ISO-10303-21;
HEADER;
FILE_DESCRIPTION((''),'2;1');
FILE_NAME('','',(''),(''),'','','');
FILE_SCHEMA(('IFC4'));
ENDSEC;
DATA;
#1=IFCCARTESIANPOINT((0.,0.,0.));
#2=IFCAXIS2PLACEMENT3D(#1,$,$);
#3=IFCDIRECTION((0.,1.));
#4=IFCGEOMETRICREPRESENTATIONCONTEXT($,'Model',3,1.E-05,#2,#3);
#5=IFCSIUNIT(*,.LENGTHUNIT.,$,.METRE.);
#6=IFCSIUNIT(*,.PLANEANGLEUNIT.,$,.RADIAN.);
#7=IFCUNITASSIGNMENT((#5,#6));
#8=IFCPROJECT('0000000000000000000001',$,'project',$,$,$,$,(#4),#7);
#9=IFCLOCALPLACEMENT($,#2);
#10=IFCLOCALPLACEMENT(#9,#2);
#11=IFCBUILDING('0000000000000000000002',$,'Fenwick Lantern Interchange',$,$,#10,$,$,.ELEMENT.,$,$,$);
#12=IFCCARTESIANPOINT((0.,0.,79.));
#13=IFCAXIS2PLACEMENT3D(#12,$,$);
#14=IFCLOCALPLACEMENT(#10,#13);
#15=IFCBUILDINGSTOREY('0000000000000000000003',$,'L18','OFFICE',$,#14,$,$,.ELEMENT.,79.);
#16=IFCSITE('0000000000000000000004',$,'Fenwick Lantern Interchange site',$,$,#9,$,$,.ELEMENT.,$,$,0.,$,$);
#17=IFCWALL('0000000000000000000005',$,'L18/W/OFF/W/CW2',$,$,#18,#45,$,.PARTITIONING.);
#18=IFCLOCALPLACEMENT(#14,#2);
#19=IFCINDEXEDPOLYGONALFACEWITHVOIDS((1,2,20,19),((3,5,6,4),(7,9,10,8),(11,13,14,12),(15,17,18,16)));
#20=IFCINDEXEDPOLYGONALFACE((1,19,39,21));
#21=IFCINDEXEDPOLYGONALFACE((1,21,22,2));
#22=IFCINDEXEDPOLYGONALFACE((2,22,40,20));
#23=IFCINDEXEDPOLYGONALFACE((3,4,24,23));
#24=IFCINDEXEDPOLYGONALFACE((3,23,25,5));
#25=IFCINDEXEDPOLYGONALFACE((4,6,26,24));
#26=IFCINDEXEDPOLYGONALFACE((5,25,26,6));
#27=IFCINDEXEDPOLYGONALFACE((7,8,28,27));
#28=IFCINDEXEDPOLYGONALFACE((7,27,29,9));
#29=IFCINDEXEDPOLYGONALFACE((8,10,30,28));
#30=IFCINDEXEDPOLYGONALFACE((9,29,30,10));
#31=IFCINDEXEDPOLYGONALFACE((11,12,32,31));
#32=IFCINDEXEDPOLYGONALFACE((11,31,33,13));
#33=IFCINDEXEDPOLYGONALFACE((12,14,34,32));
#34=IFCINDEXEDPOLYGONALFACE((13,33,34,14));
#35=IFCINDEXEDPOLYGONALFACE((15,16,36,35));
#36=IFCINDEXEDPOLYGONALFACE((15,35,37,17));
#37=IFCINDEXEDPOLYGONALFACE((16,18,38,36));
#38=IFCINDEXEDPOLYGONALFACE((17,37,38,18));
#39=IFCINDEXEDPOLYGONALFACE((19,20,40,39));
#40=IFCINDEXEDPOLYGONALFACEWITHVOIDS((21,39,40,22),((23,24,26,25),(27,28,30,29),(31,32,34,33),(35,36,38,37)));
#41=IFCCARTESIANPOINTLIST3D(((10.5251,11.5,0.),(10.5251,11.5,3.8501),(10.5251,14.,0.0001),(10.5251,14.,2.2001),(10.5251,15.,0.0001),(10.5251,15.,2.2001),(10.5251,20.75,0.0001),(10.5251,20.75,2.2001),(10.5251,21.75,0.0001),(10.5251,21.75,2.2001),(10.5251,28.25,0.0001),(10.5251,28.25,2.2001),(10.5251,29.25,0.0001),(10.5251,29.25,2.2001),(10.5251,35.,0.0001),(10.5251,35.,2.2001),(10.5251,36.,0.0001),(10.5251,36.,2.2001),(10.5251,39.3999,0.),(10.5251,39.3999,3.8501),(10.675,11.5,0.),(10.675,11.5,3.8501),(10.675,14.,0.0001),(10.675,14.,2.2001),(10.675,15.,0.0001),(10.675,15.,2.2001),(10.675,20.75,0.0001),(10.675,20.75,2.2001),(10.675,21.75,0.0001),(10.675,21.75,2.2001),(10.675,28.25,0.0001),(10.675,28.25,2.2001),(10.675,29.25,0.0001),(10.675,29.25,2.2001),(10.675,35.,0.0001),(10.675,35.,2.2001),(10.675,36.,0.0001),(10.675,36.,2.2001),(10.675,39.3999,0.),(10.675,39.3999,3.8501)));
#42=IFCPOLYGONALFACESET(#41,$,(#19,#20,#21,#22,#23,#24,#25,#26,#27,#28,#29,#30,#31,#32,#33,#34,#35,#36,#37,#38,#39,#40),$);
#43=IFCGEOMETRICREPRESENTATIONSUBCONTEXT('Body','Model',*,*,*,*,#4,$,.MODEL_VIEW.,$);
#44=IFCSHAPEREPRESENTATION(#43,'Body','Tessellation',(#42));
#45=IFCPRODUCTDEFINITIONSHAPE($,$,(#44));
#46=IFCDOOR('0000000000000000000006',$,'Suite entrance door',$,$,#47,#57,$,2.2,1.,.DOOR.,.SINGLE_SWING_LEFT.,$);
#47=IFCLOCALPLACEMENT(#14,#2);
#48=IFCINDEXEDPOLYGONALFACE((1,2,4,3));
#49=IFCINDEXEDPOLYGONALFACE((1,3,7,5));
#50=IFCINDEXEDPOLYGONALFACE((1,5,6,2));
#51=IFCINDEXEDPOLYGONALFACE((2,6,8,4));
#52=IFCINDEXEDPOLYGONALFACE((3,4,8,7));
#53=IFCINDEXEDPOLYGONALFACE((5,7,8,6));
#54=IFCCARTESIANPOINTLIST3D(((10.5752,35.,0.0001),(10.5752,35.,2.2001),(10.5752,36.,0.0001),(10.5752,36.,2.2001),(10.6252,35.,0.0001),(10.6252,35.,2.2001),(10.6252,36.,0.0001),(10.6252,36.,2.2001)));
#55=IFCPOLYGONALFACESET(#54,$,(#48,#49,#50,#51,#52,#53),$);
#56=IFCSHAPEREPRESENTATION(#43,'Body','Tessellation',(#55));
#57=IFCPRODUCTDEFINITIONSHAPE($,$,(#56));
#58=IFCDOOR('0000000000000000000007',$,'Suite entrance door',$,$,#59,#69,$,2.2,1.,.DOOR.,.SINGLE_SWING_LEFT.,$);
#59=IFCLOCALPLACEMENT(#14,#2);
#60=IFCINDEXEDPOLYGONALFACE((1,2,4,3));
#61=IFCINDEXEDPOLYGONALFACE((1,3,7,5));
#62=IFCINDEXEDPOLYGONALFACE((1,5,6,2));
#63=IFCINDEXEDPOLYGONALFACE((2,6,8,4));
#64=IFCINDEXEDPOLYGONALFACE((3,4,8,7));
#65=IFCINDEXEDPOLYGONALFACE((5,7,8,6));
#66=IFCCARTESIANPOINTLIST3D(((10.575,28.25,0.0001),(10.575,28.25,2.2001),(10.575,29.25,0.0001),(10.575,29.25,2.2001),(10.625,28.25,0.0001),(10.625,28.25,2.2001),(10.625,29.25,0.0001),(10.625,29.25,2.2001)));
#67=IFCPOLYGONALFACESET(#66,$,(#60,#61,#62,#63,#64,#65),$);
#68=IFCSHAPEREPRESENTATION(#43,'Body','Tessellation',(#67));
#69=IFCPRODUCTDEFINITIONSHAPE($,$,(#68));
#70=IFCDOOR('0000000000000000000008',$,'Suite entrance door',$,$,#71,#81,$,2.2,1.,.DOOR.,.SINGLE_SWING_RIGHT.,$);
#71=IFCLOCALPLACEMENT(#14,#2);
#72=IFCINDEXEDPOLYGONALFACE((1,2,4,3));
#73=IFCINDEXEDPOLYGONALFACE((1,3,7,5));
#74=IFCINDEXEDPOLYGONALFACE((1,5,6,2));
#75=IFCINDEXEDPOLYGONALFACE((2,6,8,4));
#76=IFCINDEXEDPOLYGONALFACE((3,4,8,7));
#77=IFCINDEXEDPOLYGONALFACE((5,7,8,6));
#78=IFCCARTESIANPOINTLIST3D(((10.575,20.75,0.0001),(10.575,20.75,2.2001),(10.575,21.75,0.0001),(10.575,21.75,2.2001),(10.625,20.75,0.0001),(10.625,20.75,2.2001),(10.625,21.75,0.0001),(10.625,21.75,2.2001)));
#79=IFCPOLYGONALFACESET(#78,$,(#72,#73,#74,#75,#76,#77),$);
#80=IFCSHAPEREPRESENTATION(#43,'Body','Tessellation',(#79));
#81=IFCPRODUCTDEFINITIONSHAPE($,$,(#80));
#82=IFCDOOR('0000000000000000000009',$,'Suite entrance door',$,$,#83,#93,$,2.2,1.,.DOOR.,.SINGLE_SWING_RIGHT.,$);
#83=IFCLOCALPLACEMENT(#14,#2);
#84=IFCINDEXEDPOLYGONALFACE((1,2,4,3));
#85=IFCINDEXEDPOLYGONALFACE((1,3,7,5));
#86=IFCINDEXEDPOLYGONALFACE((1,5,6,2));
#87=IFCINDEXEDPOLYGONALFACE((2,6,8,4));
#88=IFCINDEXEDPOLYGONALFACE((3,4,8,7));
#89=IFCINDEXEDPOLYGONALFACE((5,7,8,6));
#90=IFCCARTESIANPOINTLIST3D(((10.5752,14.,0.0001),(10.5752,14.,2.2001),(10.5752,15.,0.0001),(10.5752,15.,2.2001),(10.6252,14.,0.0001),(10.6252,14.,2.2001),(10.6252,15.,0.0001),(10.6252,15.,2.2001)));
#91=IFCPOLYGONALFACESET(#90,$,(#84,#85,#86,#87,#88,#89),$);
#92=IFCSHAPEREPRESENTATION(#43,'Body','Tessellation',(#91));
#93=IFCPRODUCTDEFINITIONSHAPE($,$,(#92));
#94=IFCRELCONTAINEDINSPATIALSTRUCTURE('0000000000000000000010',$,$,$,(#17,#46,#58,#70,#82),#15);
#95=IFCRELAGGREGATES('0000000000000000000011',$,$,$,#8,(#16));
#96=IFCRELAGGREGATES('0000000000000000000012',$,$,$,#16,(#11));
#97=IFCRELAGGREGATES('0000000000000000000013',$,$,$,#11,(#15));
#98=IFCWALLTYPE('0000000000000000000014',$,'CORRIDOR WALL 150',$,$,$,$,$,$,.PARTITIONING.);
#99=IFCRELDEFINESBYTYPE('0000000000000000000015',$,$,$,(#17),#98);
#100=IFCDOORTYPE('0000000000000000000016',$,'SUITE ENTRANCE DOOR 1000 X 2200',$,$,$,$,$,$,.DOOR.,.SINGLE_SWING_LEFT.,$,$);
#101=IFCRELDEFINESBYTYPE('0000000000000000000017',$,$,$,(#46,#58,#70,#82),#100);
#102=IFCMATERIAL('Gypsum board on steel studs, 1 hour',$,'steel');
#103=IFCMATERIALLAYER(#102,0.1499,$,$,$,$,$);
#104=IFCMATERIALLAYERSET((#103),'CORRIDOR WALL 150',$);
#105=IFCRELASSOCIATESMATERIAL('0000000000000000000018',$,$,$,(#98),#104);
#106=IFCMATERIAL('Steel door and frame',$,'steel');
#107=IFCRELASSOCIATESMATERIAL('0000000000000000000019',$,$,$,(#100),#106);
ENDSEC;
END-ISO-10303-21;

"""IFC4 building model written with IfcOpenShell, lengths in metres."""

from ifc_helpers import new_model, si_unit, direction, frame, frame_2d, origin, place, context, subcontext, project, spatial, rectangle, extrude, material, layer, layer_set, type_object, element, fill, save


model = new_model("IFC4")

# Units and contexts
model_context = context("Model", 3, precision=1e-05, world=origin(), true_north=direction((0.0, 1.0)))
body_context = subcontext(model_context, "Body", "Model", "MODEL_VIEW")
ifc_project = project(units=[si_unit("LENGTHUNIT", "METRE"), si_unit("PLANEANGLEUNIT", "RADIAN")], contexts=[model_context])

# Site, building, storey
site_placement = place(None, origin())
site = spatial("IfcSite", under=ifc_project, at=site_placement, Name="Fenwick Lantern Interchange site", CompositionType="ELEMENT", RefElevation=0.0)
building_placement = place(site_placement, origin())
building = spatial("IfcBuilding", under=site, at=building_placement, Name="Fenwick Lantern Interchange", CompositionType="ELEMENT")
storey_placement = place(building_placement, frame((0.0, 0.0, 79.0)))
storey = spatial("IfcBuildingStorey", under=building, at=storey_placement, Name="L18", Description="OFFICE", CompositionType="ELEMENT", Elevation=79.0)

# Wall, openings, doors
ifc_material_1 = material(Name="Gypsum board on steel studs, 1 hour", Category="steel")
ifc_layer = layer(ifc_material_1, 0.1499)
ifc_layer_set = layer_set([ifc_layer], Name="CORRIDOR WALL 150")
wall_type = type_object("IfcWallType", Name="CORRIDOR WALL 150", PredefinedType="PARTITIONING", material=ifc_layer_set)
wall_placement = place(storey_placement, frame((10.6001, 39.3999, 0.0), z_axis=(0.0, 0.0, 1.0), x_axis=(0.0, -1.0, 0.0)))
wall = element("IfcWall", 1, at=wall_placement, inside=storey, type_object=wall_type, Name="L18/W/OFF/W/CW2", PredefinedType="PARTITIONING", context=body_context, shape_type="SweptSolid", body=[
    extrude(rectangle(XDim=27.8999, YDim=0.1499, at=frame_2d((13.95, 0.0))), origin(), (0.0, 0.0, 1.0), 3.8501),
])
opening_1_placement = place(wall_placement, frame((3.3999, 0.0, 0.0)))
opening_1 = element("IfcOpeningElement", 2, at=opening_1_placement, cuts=wall, PredefinedType="OPENING", context=body_context, shape_type="SweptSolid", body=[
    extrude(rectangle(XDim=1.0, YDim=2.2, at=frame_2d((0.5, 1.1001))), frame((0.0, 0.085, 0.0), z_axis=(0.0, -1.0, 0.0), x_axis=(1.0, 0.0, 0.0)), (0.0, 0.0, 1.0), 0.1699),
])
opening_2_placement = place(wall_placement, frame((10.1499, 0.0, 0.0)))
opening_2 = element("IfcOpeningElement", 3, at=opening_2_placement, cuts=wall, PredefinedType="OPENING", context=body_context, shape_type="SweptSolid", body=[
    extrude(rectangle(XDim=1.0, YDim=2.2, at=frame_2d((0.5, 1.1001))), frame((0.0, 0.085, 0.0), z_axis=(0.0, -1.0, 0.0), x_axis=(1.0, 0.0, 0.0)), (0.0, 0.0, 1.0), 0.1699),
])
opening_3_placement = place(wall_placement, frame((17.6499, 0.0, 0.0)))
opening_3 = element("IfcOpeningElement", 4, at=opening_3_placement, cuts=wall, PredefinedType="OPENING", context=body_context, shape_type="SweptSolid", body=[
    extrude(rectangle(XDim=1.0, YDim=2.2, at=frame_2d((0.5, 1.1001))), frame((0.0, 0.085, 0.0), z_axis=(0.0, -1.0, 0.0), x_axis=(1.0, 0.0, 0.0)), (0.0, 0.0, 1.0), 0.1699),
])
opening_4_placement = place(wall_placement, frame((24.3999, 0.0, 0.0)))
opening_4 = element("IfcOpeningElement", 5, at=opening_4_placement, cuts=wall, PredefinedType="OPENING", context=body_context, shape_type="SweptSolid", body=[
    extrude(rectangle(XDim=1.0, YDim=2.2, at=frame_2d((0.5, 1.1001))), frame((0.0, 0.085, 0.0), z_axis=(0.0, -1.0, 0.0), x_axis=(1.0, 0.0, 0.0)), (0.0, 0.0, 1.0), 0.1699),
])
ifc_material_2 = material(Name="Steel door and frame", Category="steel")
door_type = type_object("IfcDoorType", Name="SUITE ENTRANCE DOOR 1000 X 2200", OperationType="SINGLE_SWING_LEFT", PredefinedType="DOOR", material=ifc_material_2)
door_1_placement = place(opening_1_placement, frame((1.0, 0.0, 0.0), z_axis=(0.0, 0.0, 1.0), x_axis=(-1.0, 0.0, 0.0)))
door_1 = element("IfcDoor", 6, at=door_1_placement, inside=storey, type_object=door_type, Name="Suite entrance door", OperationType="SINGLE_SWING_LEFT", OverallHeight=2.2, OverallWidth=1.0, PredefinedType="DOOR", context=body_context, shape_type="SweptSolid", body=[
    extrude(rectangle(XDim=1.0, YDim=2.2, at=frame_2d((0.5, 1.1001))), frame((0.0, 0.0249, 0.0), z_axis=(0.0, -1.0, 0.0), x_axis=(1.0, 0.0, 0.0)), (0.0, 0.0, 1.0), 0.05),
])
fill(opening_1, door_1)
door_2_placement = place(opening_2_placement, origin())
door_2 = element("IfcDoor", 7, at=door_2_placement, inside=storey, type_object=door_type, Name="Suite entrance door", OperationType="SINGLE_SWING_LEFT", OverallHeight=2.2, OverallWidth=1.0, PredefinedType="DOOR", context=body_context, shape_type="SweptSolid", body=[
    extrude(rectangle(XDim=1.0, YDim=2.2, at=frame_2d((0.5, 1.1001))), frame((0.0, 0.0249, 0.0), z_axis=(0.0, -1.0, 0.0), x_axis=(1.0, 0.0, 0.0)), (0.0, 0.0, 1.0), 0.05),
])
fill(opening_2, door_2)
door_3_placement = place(opening_3_placement, origin())
door_3 = element("IfcDoor", 8, at=door_3_placement, inside=storey, type_object=door_type, Name="Suite entrance door", OperationType="SINGLE_SWING_RIGHT", OverallHeight=2.2, OverallWidth=1.0, PredefinedType="DOOR", context=body_context, shape_type="SweptSolid", body=[
    extrude(rectangle(XDim=1.0, YDim=2.2, at=frame_2d((0.5, 1.1001))), frame((0.0, 0.0249, 0.0), z_axis=(0.0, -1.0, 0.0), x_axis=(1.0, 0.0, 0.0)), (0.0, 0.0, 1.0), 0.05),
])
fill(opening_3, door_3)
door_4_placement = place(opening_4_placement, frame((1.0, 0.0, 0.0), z_axis=(0.0, 0.0, 1.0), x_axis=(-1.0, 0.0, 0.0)))
door_4 = element("IfcDoor", 9, at=door_4_placement, inside=storey, type_object=door_type, Name="Suite entrance door", OperationType="SINGLE_SWING_RIGHT", OverallHeight=2.2, OverallWidth=1.0, PredefinedType="DOOR", context=body_context, shape_type="SweptSolid", body=[
    extrude(rectangle(XDim=1.0, YDim=2.2, at=frame_2d((0.5, 1.1001))), frame((0.0, 0.0249, 0.0), z_axis=(0.0, -1.0, 0.0), x_axis=(1.0, 0.0, 0.0)), (0.0, 0.0, 1.0), 0.05),
])
fill(opening_4, door_4)

save(model, "model.ifc")
